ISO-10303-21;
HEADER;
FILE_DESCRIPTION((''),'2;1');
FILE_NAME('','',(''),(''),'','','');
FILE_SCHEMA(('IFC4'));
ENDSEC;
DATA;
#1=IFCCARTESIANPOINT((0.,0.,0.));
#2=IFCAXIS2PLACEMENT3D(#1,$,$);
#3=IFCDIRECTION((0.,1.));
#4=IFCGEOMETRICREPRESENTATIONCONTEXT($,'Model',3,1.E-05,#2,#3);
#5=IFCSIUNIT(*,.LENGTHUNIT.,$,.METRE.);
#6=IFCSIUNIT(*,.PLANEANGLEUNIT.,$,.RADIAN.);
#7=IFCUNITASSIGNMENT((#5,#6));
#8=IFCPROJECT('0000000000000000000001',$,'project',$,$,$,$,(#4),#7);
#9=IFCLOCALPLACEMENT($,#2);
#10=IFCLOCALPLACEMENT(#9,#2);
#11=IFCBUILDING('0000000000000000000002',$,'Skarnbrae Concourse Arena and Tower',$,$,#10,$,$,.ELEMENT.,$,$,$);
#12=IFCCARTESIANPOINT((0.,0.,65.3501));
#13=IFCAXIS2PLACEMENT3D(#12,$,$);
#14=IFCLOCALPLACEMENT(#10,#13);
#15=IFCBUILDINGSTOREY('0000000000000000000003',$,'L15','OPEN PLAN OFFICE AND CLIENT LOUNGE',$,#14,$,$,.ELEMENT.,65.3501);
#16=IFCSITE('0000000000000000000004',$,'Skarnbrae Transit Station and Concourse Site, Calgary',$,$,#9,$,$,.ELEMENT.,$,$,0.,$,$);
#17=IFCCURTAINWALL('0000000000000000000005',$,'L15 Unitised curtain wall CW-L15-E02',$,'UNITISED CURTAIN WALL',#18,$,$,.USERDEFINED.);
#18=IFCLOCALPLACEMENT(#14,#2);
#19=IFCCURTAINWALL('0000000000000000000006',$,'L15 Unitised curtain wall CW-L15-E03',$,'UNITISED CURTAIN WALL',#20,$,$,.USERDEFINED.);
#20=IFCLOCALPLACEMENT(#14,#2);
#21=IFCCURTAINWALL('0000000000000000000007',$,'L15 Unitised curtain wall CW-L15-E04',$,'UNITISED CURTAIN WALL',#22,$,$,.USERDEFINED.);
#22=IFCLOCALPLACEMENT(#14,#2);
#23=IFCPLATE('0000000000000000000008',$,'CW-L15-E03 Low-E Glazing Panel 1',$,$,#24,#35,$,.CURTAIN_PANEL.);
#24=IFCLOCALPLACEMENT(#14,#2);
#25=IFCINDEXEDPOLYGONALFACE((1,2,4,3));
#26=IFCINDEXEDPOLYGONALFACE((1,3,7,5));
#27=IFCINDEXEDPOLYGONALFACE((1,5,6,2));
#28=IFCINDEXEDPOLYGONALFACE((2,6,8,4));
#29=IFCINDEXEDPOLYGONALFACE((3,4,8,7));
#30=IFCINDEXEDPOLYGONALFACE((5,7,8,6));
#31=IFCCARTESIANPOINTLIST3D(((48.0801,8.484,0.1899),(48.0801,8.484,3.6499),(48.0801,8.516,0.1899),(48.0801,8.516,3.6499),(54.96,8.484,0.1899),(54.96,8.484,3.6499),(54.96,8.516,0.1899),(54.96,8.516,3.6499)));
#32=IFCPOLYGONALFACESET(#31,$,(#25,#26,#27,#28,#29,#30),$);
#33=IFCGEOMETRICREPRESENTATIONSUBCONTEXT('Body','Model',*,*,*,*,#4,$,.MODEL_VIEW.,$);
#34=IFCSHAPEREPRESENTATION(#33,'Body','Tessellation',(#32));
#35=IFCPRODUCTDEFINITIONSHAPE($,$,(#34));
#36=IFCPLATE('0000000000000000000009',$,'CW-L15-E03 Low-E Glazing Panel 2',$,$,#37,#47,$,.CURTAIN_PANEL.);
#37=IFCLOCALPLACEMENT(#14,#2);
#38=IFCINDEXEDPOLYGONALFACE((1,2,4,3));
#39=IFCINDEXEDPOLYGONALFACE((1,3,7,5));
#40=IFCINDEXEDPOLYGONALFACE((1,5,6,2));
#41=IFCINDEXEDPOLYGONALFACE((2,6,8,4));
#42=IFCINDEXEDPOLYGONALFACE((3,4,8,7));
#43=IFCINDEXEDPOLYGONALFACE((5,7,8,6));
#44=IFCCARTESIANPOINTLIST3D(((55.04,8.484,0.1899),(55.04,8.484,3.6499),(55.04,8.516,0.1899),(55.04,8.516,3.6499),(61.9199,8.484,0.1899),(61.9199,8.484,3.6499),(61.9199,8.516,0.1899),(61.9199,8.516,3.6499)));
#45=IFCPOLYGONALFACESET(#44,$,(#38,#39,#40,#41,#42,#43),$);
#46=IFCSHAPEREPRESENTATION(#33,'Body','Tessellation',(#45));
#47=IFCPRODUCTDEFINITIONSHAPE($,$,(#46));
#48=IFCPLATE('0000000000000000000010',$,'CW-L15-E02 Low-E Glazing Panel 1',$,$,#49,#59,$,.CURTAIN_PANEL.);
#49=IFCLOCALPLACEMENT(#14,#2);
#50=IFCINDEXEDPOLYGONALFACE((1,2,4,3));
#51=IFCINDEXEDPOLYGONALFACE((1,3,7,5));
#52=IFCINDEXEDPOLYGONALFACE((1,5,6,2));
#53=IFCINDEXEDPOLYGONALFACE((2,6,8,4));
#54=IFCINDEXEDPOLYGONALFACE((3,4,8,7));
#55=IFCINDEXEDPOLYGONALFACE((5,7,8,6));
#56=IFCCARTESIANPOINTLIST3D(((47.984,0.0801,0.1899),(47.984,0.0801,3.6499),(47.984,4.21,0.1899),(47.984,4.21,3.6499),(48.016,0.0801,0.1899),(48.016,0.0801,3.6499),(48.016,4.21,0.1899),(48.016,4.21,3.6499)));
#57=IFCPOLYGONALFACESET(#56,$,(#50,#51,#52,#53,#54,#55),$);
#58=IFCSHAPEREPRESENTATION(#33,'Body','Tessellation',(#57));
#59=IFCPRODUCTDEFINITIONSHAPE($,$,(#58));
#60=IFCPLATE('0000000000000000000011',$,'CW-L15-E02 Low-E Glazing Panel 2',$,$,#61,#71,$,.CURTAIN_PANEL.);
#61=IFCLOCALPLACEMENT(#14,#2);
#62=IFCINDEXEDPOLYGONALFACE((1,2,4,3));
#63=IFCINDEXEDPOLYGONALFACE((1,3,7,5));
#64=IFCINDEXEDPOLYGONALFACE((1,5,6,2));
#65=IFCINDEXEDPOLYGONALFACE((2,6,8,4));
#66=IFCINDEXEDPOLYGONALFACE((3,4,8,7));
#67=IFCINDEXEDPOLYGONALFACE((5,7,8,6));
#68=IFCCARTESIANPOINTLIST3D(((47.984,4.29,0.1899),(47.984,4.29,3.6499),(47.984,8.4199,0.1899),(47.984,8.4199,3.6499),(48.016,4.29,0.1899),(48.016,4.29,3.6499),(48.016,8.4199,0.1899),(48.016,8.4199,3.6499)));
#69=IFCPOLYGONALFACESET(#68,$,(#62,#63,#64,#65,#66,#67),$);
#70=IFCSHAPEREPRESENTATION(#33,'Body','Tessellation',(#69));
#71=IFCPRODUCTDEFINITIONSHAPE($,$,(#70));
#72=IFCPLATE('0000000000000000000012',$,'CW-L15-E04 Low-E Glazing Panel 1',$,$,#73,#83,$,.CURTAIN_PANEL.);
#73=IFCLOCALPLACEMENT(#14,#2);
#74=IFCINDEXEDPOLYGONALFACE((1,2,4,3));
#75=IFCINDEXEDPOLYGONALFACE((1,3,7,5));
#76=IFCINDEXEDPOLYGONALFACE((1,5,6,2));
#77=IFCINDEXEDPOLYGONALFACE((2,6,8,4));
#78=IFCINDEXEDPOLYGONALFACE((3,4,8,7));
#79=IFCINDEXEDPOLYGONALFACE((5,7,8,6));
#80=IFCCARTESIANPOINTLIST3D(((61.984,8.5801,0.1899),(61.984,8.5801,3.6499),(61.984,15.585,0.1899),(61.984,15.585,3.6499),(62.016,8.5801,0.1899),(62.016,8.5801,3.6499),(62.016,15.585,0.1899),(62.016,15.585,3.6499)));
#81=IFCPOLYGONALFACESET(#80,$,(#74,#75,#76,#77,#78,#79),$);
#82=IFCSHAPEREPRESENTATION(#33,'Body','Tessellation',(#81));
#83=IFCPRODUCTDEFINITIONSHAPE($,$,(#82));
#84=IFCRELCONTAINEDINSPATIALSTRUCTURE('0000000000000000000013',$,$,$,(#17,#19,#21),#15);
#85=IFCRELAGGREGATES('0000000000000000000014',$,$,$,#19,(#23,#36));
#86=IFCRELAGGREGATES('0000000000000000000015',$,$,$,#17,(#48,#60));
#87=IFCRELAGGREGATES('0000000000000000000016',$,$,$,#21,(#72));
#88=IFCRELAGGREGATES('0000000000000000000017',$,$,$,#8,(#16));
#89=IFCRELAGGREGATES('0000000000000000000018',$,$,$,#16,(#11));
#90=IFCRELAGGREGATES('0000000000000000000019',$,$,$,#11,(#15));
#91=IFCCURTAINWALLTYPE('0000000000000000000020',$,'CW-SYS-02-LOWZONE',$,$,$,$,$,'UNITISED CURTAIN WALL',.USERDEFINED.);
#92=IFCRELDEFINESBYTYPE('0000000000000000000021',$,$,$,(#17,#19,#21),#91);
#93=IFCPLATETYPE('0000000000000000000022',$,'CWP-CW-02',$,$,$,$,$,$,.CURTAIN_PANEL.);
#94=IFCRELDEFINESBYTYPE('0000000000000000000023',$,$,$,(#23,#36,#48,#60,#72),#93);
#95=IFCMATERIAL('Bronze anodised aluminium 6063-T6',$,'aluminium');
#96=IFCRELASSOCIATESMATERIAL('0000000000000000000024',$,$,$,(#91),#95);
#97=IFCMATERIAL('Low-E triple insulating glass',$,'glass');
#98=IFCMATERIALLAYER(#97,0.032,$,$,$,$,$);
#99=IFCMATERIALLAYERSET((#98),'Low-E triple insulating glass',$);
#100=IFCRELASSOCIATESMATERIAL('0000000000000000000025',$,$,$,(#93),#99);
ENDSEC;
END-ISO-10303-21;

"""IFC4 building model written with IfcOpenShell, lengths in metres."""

from ifc_helpers import new_model, si_unit, direction, frame, origin, origin_2d, place, context, subcontext, project, spatial, rectangle, extrude, source, transform, mapped, material, layer, layer_set, type_object, element, aggregate, save


model = new_model("IFC4")

# Units and contexts
model_context = context("Model", 3, precision=1e-05, world=origin(), true_north=direction((0.0, 1.0)))
body_context = subcontext(model_context, "Body", "Model", "MODEL_VIEW")
ifc_project = project(units=[si_unit("LENGTHUNIT", "METRE"), si_unit("PLANEANGLEUNIT", "RADIAN")], contexts=[model_context])

# Site, building, storey
site_placement = place(None, origin())
site = spatial("IfcSite", under=ifc_project, at=site_placement, Name="Skarnbrae Transit Station and Concourse Site, Calgary", CompositionType="ELEMENT", RefElevation=0.0)
building_placement = place(site_placement, origin())
building = spatial("IfcBuilding", under=site, at=building_placement, Name="Skarnbrae Concourse Arena and Tower", CompositionType="ELEMENT")
storey_placement = place(building_placement, frame((0.0, 0.0, 65.3501)))
storey = spatial("IfcBuildingStorey", under=building, at=storey_placement, Name="L15", Description="OPEN PLAN OFFICE AND CLIENT LOUNGE", CompositionType="ELEMENT", Elevation=65.3501)

# Shared definitions
ifc_material_1 = material(Name="Bronze anodised aluminium 6063-T6", Category="aluminium")
curtain_wall_type = type_object("IfcCurtainWallType", Name="CW-SYS-02-LOWZONE", ElementType="UNITISED CURTAIN WALL", PredefinedType="USERDEFINED", material=ifc_material_1)

# Curtain walls
curtain_wall_1_placement = place(storey_placement, origin())
curtain_wall_1 = element("IfcCurtainWall", 1, at=curtain_wall_1_placement, inside=storey, type_object=curtain_wall_type, Name="L15 Unitised curtain wall CW-L15-E02", ObjectType="UNITISED CURTAIN WALL", PredefinedType="USERDEFINED")
curtain_wall_2_placement = place(storey_placement, origin())
curtain_wall_2 = element("IfcCurtainWall", 2, at=curtain_wall_2_placement, inside=storey, type_object=curtain_wall_type, Name="L15 Unitised curtain wall CW-L15-E03", ObjectType="UNITISED CURTAIN WALL", PredefinedType="USERDEFINED")

# Curtain wall
curtain_wall_3_placement = place(storey_placement, origin())
curtain_wall_3 = element("IfcCurtainWall", 3, at=curtain_wall_3_placement, inside=storey, type_object=curtain_wall_type, Name="L15 Unitised curtain wall CW-L15-E04", ObjectType="UNITISED CURTAIN WALL", PredefinedType="USERDEFINED")

# Plates
ifc_material_2 = material(Name="Low-E triple insulating glass", Category="glass")
ifc_layer = layer(ifc_material_2, 0.032)
ifc_layer_set = layer_set([ifc_layer], Name="Low-E triple insulating glass")
plate_type = type_object("IfcPlateType", Name="CWP-CW-02", PredefinedType="CURTAIN_PANEL", material=ifc_layer_set)
shared_shape_1 = source(origin(), body_context, "Body", "SweptSolid", [
    extrude(rectangle(XDim=6.8799, YDim=0.032, at=origin_2d()), origin(), (0.0, 0.0, 1.0), 3.46),
])
plate_1_placement = place(storey_placement, frame((51.52, 8.5, 0.1899), z_axis=(0.0, 0.0, 1.0), x_axis=(1.0, 0.0, 0.0)))
plate_1 = element("IfcPlate", 4, at=plate_1_placement, type_object=plate_type, Name="CW-L15-E03 Low-E Glazing Panel 1", PredefinedType="CURTAIN_PANEL", context=body_context, shape_type="MappedRepresentation", body=[
    mapped(shared_shape_1, transform((0.0, 0.0, 0.0))),
])
plate_2_placement = place(storey_placement, frame((58.48, 8.5, 0.1899), z_axis=(0.0, 0.0, 1.0), x_axis=(1.0, 0.0, 0.0)))
plate_2 = element("IfcPlate", 5, at=plate_2_placement, type_object=plate_type, Name="CW-L15-E03 Low-E Glazing Panel 2", PredefinedType="CURTAIN_PANEL", context=body_context, shape_type="MappedRepresentation", body=[
    mapped(shared_shape_1, transform((0.0, 0.0, 0.0))),
])
aggregate(curtain_wall_2, [plate_1, plate_2])
shared_shape_2 = source(origin(), body_context, "Body", "SweptSolid", [
    extrude(rectangle(XDim=4.1299, YDim=0.032, at=origin_2d()), origin(), (0.0, 0.0, 1.0), 3.46),
])
plate_3_placement = place(storey_placement, frame((48.0, 2.145, 0.1899), z_axis=(0.0, 0.0, 1.0), x_axis=(0.0, 1.0, 0.0)))
plate_3 = element("IfcPlate", 6, at=plate_3_placement, type_object=plate_type, Name="CW-L15-E02 Low-E Glazing Panel 1", PredefinedType="CURTAIN_PANEL", context=body_context, shape_type="MappedRepresentation", body=[
    mapped(shared_shape_2, transform((0.0, 0.0, 0.0))),
])
plate_4_placement = place(storey_placement, frame((48.0, 6.355, 0.1899), z_axis=(0.0, 0.0, 1.0), x_axis=(0.0, 1.0, 0.0)))
plate_4 = element("IfcPlate", 7, at=plate_4_placement, type_object=plate_type, Name="CW-L15-E02 Low-E Glazing Panel 2", PredefinedType="CURTAIN_PANEL", context=body_context, shape_type="MappedRepresentation", body=[
    mapped(shared_shape_2, transform((0.0, 0.0, 0.0))),
])
aggregate(curtain_wall_1, [plate_3, plate_4])
shared_shape_3 = source(origin(), body_context, "Body", "SweptSolid", [
    extrude(rectangle(XDim=7.0049, YDim=0.032, at=origin_2d()), origin(), (0.0, 0.0, 1.0), 3.46),
])
plate_5_placement = place(storey_placement, frame((62.0, 12.0825, 0.1899), z_axis=(0.0, 0.0, 1.0), x_axis=(0.0, 1.0, 0.0)))
plate_5 = element("IfcPlate", 8, at=plate_5_placement, type_object=plate_type, Name="CW-L15-E04 Low-E Glazing Panel 1", PredefinedType="CURTAIN_PANEL", context=body_context, shape_type="MappedRepresentation", body=[
    mapped(shared_shape_3, transform((0.0, 0.0, 0.0))),
])
aggregate(curtain_wall_3, [plate_5])

save(model, "model.ifc")
